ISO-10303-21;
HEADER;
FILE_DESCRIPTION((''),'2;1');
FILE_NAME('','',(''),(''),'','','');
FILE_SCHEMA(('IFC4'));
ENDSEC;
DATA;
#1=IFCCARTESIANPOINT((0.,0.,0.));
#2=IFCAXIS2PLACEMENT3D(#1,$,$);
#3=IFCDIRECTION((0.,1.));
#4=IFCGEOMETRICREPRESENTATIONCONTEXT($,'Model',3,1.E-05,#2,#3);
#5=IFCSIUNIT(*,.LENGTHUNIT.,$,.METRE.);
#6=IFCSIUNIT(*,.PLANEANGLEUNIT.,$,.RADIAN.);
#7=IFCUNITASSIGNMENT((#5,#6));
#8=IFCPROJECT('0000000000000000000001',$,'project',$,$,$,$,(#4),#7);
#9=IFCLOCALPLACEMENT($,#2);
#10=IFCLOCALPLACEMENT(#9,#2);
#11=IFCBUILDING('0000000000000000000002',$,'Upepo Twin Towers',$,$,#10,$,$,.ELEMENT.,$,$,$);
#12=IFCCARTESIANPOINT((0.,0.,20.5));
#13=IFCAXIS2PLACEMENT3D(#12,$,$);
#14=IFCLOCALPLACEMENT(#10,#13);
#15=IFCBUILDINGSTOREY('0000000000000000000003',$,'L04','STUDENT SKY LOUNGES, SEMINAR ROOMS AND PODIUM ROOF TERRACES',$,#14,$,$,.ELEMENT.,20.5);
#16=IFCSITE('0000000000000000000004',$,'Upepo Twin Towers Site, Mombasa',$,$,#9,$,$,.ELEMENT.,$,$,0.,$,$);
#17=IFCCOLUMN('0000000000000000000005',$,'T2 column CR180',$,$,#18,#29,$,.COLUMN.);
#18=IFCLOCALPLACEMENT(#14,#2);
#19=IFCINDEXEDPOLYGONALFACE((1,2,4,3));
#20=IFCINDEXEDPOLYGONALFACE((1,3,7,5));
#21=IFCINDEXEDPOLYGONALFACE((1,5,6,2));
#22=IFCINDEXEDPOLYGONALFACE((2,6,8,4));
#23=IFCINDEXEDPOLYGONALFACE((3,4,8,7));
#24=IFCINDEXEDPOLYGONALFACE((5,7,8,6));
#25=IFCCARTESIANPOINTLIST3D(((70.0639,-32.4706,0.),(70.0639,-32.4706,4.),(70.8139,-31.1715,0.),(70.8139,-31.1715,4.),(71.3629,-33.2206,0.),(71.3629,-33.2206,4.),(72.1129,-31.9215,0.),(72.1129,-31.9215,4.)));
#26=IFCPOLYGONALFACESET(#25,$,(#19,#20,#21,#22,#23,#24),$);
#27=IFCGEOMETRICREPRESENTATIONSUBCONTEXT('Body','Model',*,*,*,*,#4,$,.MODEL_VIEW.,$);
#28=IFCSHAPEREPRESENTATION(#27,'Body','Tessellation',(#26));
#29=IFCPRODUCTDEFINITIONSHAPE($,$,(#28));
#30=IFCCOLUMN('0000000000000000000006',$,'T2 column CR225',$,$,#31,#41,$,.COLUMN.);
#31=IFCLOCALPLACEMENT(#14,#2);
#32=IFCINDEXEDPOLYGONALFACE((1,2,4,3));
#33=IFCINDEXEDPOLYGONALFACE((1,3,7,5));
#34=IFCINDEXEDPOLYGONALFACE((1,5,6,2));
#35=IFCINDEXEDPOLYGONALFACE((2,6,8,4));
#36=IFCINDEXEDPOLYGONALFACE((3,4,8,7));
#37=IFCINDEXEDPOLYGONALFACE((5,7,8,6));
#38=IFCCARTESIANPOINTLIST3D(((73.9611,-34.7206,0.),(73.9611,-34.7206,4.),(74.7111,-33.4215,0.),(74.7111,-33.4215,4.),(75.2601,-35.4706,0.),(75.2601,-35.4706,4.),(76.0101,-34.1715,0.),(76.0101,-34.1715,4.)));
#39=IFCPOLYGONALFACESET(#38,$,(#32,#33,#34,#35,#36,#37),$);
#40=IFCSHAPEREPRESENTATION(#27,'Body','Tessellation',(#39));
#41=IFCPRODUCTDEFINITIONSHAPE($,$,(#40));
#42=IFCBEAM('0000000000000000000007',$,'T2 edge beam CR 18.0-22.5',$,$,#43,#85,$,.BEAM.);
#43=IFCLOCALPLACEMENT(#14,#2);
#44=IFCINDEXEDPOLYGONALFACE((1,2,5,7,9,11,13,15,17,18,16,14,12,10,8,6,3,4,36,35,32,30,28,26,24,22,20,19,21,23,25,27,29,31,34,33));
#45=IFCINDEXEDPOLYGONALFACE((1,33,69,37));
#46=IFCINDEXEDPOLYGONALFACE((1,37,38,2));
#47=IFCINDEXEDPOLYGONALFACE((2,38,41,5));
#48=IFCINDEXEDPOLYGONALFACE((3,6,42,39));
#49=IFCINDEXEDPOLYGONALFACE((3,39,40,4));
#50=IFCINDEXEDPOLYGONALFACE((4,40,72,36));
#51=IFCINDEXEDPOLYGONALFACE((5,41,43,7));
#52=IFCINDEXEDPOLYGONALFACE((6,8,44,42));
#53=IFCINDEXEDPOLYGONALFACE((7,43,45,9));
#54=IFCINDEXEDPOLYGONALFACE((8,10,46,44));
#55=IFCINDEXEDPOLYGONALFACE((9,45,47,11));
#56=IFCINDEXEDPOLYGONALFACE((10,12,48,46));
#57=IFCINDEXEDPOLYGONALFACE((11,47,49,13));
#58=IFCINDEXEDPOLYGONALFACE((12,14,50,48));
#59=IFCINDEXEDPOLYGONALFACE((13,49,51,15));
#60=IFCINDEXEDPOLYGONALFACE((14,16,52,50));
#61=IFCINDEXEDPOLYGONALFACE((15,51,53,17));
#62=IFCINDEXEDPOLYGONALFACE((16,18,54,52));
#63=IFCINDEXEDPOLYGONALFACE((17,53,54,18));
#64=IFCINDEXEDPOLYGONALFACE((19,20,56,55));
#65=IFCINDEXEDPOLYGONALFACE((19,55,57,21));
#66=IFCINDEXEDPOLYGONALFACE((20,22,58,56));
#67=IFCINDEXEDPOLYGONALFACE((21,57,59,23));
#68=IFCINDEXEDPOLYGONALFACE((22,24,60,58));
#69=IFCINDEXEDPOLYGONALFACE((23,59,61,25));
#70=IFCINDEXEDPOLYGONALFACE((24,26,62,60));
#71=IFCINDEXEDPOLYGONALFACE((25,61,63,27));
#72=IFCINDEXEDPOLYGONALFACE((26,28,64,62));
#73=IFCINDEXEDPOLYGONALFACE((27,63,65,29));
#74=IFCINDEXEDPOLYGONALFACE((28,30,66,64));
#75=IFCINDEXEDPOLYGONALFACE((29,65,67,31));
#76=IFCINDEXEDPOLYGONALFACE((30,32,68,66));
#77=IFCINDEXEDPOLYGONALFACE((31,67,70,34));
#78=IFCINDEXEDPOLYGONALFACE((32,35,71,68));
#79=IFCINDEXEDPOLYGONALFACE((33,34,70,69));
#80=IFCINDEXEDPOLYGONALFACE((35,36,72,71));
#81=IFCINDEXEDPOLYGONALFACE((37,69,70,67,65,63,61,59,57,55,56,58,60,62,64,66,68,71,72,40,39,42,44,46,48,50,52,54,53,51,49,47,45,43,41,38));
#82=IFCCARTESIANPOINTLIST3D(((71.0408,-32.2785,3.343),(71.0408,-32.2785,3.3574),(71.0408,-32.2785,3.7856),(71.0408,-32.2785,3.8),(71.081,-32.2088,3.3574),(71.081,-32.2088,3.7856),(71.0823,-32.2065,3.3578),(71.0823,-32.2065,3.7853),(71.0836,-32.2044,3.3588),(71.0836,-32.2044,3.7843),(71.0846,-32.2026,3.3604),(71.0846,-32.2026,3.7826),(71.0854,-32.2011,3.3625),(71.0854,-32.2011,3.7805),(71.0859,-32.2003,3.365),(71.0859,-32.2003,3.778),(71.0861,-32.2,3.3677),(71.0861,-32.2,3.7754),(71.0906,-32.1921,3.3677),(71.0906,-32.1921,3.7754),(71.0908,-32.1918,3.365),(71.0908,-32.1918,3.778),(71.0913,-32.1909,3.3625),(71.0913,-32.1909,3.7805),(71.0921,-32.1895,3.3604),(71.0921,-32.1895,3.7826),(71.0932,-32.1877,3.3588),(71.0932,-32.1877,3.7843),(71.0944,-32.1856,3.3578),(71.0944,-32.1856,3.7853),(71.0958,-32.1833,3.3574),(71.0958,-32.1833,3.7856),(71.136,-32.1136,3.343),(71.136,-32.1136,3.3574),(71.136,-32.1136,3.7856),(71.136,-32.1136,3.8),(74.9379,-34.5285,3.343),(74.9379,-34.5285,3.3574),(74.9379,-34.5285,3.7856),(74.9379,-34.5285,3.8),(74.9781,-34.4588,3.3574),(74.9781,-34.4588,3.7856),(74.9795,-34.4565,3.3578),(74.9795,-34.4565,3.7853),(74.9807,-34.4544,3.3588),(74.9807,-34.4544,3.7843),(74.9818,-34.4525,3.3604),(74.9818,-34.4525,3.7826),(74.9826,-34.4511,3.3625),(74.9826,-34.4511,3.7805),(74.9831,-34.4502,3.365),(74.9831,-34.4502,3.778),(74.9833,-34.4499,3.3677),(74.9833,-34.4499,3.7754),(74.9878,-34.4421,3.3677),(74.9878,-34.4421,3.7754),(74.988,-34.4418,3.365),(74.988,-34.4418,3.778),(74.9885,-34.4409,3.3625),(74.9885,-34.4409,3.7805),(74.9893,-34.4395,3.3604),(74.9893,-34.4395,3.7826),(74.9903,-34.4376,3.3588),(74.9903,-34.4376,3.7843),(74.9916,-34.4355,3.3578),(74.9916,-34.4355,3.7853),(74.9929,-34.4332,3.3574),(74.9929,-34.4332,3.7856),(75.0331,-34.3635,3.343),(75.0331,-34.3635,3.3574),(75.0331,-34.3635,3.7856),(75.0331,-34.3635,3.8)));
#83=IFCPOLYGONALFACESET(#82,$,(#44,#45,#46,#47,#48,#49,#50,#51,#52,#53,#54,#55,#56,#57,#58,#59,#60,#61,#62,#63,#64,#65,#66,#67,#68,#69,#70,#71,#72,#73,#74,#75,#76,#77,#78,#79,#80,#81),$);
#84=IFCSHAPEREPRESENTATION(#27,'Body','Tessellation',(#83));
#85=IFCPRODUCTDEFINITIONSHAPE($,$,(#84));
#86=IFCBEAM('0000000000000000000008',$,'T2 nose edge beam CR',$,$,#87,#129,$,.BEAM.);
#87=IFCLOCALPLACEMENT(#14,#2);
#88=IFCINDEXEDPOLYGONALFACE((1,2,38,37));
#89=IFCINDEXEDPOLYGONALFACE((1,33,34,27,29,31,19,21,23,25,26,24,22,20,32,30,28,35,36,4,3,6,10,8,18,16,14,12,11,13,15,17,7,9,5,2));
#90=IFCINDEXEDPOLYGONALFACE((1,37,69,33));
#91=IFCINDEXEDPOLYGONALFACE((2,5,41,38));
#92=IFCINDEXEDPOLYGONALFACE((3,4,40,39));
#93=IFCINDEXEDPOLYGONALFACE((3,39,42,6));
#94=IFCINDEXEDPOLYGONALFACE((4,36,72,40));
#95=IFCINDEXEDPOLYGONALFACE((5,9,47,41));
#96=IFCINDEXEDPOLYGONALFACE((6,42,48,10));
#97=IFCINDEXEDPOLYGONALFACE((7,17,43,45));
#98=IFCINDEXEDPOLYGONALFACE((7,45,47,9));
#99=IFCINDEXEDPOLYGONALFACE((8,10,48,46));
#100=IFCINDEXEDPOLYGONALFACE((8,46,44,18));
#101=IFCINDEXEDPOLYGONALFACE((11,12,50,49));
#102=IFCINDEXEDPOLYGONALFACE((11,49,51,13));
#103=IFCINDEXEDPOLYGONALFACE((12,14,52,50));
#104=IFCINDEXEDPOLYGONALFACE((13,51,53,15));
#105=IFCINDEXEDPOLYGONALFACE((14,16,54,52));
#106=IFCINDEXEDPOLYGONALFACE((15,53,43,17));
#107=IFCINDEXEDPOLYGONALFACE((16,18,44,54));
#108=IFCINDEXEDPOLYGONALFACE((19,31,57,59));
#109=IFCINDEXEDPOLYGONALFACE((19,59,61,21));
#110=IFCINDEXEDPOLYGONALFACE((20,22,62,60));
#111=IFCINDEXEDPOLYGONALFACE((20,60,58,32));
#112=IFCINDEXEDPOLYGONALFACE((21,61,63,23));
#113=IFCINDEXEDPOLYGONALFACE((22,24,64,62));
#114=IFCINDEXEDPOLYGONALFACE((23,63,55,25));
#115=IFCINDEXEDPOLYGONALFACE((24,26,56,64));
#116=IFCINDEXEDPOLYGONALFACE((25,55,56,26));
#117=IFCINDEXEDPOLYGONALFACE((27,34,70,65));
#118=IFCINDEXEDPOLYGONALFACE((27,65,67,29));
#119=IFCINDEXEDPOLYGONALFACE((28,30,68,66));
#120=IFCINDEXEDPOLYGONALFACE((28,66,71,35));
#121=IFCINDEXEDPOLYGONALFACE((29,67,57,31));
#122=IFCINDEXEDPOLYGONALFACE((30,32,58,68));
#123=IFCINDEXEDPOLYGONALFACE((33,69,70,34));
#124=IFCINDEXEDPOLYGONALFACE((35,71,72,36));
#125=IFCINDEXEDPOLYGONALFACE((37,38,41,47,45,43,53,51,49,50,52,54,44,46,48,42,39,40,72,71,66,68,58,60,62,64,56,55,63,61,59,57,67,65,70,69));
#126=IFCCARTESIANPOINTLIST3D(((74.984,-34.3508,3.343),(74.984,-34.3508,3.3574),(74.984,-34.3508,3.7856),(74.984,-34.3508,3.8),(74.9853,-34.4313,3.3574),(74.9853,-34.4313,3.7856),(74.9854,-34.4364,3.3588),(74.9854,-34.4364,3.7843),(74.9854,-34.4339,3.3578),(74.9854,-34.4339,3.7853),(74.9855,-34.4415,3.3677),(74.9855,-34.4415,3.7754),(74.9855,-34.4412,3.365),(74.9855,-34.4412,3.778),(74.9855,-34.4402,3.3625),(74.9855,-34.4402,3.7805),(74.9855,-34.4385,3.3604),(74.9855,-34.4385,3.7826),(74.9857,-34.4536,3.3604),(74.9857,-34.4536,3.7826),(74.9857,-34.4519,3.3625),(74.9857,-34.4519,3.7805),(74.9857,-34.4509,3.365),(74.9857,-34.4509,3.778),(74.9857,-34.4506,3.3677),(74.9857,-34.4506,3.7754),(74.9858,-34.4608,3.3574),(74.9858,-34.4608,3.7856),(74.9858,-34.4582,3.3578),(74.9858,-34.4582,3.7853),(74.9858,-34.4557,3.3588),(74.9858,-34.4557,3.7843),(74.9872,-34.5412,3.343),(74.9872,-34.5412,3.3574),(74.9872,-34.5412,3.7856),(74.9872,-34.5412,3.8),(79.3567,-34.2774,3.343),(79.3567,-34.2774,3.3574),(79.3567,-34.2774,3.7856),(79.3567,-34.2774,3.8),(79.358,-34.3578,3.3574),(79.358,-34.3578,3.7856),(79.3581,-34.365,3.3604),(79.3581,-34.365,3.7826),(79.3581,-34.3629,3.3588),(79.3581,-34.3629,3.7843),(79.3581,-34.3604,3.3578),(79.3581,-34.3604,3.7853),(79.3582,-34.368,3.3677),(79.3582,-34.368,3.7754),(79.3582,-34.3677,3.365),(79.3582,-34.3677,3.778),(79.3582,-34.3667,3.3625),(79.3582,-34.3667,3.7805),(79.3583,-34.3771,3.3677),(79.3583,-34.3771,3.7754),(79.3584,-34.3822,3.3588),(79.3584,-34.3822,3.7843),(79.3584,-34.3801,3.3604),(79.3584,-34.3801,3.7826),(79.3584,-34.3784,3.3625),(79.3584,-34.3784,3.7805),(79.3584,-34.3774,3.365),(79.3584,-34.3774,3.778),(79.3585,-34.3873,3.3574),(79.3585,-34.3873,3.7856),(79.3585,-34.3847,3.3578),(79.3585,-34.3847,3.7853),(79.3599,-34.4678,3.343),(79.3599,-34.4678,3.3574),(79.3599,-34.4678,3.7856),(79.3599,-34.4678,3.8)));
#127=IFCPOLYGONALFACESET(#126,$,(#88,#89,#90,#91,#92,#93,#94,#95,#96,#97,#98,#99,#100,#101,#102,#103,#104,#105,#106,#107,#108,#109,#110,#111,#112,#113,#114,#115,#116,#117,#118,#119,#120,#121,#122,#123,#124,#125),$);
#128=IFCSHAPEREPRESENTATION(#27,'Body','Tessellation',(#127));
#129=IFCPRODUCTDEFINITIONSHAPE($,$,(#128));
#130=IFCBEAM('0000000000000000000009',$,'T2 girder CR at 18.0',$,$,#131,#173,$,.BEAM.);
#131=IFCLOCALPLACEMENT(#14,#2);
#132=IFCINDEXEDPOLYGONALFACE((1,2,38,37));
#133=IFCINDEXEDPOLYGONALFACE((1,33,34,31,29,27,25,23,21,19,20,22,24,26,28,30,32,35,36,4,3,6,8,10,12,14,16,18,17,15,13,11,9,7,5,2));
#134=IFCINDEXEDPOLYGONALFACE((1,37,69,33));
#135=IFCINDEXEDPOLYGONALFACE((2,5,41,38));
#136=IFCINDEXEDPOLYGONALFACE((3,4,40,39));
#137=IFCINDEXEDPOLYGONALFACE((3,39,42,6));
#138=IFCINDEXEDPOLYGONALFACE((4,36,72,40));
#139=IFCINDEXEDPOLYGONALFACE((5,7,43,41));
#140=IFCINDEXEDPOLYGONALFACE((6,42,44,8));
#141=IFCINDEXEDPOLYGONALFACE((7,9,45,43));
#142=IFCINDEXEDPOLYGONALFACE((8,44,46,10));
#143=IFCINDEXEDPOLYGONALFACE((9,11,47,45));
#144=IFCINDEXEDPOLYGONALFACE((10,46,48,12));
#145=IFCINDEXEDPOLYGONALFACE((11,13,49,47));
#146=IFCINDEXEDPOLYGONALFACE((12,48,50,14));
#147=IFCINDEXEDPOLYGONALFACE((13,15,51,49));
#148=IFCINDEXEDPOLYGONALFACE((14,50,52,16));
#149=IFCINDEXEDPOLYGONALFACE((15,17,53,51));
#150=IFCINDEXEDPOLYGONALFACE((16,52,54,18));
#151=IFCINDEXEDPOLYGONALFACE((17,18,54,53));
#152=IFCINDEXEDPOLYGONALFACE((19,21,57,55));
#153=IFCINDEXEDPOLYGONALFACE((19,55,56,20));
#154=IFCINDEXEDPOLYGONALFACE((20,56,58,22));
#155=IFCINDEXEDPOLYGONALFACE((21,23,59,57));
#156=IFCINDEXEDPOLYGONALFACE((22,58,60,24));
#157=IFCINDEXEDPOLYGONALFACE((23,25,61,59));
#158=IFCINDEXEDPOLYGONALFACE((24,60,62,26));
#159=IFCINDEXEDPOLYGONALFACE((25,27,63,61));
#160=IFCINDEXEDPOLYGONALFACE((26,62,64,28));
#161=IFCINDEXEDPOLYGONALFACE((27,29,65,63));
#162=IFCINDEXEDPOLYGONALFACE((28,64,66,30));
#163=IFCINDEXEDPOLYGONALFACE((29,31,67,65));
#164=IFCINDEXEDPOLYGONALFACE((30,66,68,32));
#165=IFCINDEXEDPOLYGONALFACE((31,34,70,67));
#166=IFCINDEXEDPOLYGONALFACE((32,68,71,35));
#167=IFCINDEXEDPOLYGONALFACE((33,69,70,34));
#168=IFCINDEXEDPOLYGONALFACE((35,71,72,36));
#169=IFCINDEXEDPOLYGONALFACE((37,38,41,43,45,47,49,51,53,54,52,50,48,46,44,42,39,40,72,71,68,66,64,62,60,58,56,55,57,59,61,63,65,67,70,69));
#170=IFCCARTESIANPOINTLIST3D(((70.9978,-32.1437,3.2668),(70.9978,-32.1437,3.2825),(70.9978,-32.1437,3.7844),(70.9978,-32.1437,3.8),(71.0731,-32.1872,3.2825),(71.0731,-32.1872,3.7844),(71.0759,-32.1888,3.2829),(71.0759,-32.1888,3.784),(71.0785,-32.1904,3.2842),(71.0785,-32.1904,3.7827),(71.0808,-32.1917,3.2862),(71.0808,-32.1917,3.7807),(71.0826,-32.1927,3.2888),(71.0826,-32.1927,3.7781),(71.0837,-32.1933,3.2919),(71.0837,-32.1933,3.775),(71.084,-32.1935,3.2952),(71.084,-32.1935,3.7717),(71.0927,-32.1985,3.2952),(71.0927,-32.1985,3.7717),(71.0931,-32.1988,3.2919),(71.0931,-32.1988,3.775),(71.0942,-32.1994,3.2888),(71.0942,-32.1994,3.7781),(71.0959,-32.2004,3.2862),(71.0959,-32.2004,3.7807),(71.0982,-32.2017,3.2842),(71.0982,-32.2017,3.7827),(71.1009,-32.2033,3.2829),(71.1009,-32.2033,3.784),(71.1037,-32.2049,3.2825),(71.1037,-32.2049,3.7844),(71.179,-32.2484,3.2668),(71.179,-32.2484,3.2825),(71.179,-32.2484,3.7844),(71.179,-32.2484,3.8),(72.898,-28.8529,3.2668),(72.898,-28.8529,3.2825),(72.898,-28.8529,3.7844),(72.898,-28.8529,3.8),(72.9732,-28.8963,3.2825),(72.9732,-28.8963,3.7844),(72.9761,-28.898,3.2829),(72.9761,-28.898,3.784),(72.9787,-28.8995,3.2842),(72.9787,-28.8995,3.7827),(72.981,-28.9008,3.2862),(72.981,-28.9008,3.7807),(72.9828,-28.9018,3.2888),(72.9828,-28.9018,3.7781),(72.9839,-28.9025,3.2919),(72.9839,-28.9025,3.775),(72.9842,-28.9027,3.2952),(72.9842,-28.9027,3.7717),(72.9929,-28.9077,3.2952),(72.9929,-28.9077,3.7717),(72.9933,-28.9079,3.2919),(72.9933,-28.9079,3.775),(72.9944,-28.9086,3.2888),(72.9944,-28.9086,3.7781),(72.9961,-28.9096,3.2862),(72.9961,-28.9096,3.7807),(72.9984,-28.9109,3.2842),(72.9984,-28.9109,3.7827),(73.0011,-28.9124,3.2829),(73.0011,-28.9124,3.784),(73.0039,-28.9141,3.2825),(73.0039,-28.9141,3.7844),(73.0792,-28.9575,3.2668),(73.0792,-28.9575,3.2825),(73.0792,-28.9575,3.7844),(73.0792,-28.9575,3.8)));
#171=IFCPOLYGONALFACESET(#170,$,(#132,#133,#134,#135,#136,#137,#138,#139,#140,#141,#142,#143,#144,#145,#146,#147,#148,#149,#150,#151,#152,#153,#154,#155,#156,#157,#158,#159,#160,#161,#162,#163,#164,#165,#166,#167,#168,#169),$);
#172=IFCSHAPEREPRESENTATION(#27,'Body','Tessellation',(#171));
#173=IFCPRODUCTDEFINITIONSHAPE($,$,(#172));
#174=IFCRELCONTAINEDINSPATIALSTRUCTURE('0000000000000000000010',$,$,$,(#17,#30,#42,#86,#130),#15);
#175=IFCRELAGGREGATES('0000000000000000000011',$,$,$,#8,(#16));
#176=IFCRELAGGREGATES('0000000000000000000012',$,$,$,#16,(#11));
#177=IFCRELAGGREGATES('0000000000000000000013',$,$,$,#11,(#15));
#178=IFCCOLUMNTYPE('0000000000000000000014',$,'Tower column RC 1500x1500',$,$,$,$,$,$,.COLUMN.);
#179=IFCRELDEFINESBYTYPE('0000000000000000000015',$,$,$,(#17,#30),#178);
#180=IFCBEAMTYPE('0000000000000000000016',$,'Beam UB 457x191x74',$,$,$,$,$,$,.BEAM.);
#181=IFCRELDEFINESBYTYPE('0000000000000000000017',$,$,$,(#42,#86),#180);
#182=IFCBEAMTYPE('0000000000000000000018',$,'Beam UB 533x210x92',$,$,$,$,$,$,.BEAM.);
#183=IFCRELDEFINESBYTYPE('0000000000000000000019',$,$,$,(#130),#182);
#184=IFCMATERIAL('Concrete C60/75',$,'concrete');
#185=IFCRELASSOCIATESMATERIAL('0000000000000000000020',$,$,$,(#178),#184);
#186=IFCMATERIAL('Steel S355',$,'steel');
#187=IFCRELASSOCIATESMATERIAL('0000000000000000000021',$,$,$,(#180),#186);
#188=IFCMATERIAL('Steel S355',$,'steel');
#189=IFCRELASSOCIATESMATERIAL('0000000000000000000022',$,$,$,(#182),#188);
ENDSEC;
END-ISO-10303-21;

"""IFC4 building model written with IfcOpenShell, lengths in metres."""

from ifc_helpers import new_model, si_unit, direction, frame, origin, origin_2d, place, context, subcontext, project, spatial, rectangle, i_section, extrude, material, material_profile, profile_set, type_object, element, save


model = new_model("IFC4")

# Units and contexts
model_context = context("Model", 3, precision=1e-05, world=origin(), true_north=direction((0.0, 1.0)))
body_context = subcontext(model_context, "Body", "Model", "MODEL_VIEW")
ifc_project = project(units=[si_unit("LENGTHUNIT", "METRE"), si_unit("PLANEANGLEUNIT", "RADIAN")], contexts=[model_context])

# Site, building, storey
site_placement = place(None, origin())
site = spatial("IfcSite", under=ifc_project, at=site_placement, Name="Upepo Twin Towers Site, Mombasa", CompositionType="ELEMENT", RefElevation=0.0)
building_placement = place(site_placement, origin())
building = spatial("IfcBuilding", under=site, at=building_placement, Name="Upepo Twin Towers", CompositionType="ELEMENT")
storey_placement = place(building_placement, frame((0.0, 0.0, 20.5)))
storey = spatial("IfcBuildingStorey", under=building, at=storey_placement, Name="L04", Description="STUDENT SKY LOUNGES, SEMINAR ROOMS AND PODIUM ROOF TERRACES", CompositionType="ELEMENT", Elevation=20.5)

# Columns
ifc_material_1 = material(Name="Concrete C60/75", Category="concrete")
ifc_material_profile_1 = material_profile(ifc_material_1, rectangle(XDim=1.5, YDim=1.5, at=origin_2d()), Name="RC 1500x1500")
ifc_profile_set_1 = profile_set([ifc_material_profile_1], Name="Concrete C60/75")
column_type = type_object("IfcColumnType", Name="Tower column RC 1500x1500", PredefinedType="COLUMN", material=ifc_profile_set_1)
for number, where, z_axis, x_axis, name in (
    (1, (71.0884, -32.196, 0.0), (0.0, 0.0, 1.0), (0.5, 0.866025, 0.0), "T2 column CR180"),
    (2, (74.9856, -34.446, 0.0), (0.0, 0.0, 1.0), (0.5, 0.866025, 0.0), "T2 column CR225"),
):
    element("IfcColumn", number, at=place(storey_placement, frame(where, z_axis=z_axis, x_axis=x_axis)), inside=storey, type_object=column_type, Name=name, PredefinedType="COLUMN", context=body_context, shape_type="SweptSolid", body=[
        extrude(rectangle(XDim=1.5, YDim=1.5, at=origin_2d()), origin(), (0.0, 0.0, 1.0), 4.0),
    ])

# Beams
ifc_material_2 = material(Name="Steel S355", Category="steel")
ifc_material_profile_2 = material_profile(ifc_material_2, i_section(OverallWidth=0.1904, OverallDepth=0.457, WebThickness=0.009, FlangeThickness=0.0144, FilletRadius=0.0103, at=origin_2d()), Name="UB 457x191x74")
ifc_profile_set_2 = profile_set([ifc_material_profile_2], Name="Steel S355")
beam_type_1 = type_object("IfcBeamType", Name="Beam UB 457x191x74", PredefinedType="BEAM", material=ifc_profile_set_2)
beam_1_placement = place(storey_placement, frame((71.0884, -32.196, 3.5715), z_axis=(0.866031, -0.49999, 0.0), x_axis=(0.49999, 0.866031, 0.0)))
element("IfcBeam", 3, at=beam_1_placement, inside=storey, type_object=beam_type_1, Name="T2 edge beam CR 18.0-22.5", PredefinedType="BEAM", context=body_context, shape_type="SweptSolid", body=[
    extrude(i_section(OverallWidth=0.1904, OverallDepth=0.457, WebThickness=0.009, FlangeThickness=0.0144, FilletRadius=0.0103, at=origin_2d()), origin(), (0.0, 0.0, 1.0), 4.5),
])
beam_2_placement = place(storey_placement, frame((74.9856, -34.446, 3.5715), z_axis=(0.999859, 0.016804, 0.0), x_axis=(-0.016804, 0.999859, 0.0)))
element("IfcBeam", 4, at=beam_2_placement, inside=storey, type_object=beam_type_1, Name="T2 nose edge beam CR", PredefinedType="BEAM", context=body_context, shape_type="SweptSolid", body=[
    extrude(i_section(OverallWidth=0.1904, OverallDepth=0.457, WebThickness=0.009, FlangeThickness=0.0144, FilletRadius=0.0103, at=origin_2d()), origin(), (0.0, 0.0, 1.0), 4.3733),
])
ifc_material_3 = material(Name="Steel S355", Category="steel")
ifc_material_profile_3 = material_profile(ifc_material_3, i_section(OverallWidth=0.2092, OverallDepth=0.5332, WebThickness=0.01, FlangeThickness=0.0156, FilletRadius=0.0127, at=origin_2d()), Name="UB 533x210x92")
ifc_profile_set_3 = profile_set([ifc_material_profile_3], Name="Steel S355")
beam_type_2 = type_object("IfcBeamType", Name="Beam UB 533x210x92", PredefinedType="BEAM", material=ifc_profile_set_3)
beam_3_placement = place(storey_placement, frame((71.0884, -32.196, 3.5334), z_axis=(0.500043, 0.866, 0.0), x_axis=(-0.866, 0.500043, 0.0)))
element("IfcBeam", 5, at=beam_3_placement, inside=storey, type_object=beam_type_2, Name="T2 girder CR at 18.0", PredefinedType="BEAM", context=body_context, shape_type="SweptSolid", body=[
    extrude(i_section(OverallWidth=0.2092, OverallDepth=0.5332, WebThickness=0.01, FlangeThickness=0.0156, FilletRadius=0.0127, at=origin_2d()), origin(), (0.0, 0.0, 1.0), 3.8),
])

save(model, "model.ifc")
